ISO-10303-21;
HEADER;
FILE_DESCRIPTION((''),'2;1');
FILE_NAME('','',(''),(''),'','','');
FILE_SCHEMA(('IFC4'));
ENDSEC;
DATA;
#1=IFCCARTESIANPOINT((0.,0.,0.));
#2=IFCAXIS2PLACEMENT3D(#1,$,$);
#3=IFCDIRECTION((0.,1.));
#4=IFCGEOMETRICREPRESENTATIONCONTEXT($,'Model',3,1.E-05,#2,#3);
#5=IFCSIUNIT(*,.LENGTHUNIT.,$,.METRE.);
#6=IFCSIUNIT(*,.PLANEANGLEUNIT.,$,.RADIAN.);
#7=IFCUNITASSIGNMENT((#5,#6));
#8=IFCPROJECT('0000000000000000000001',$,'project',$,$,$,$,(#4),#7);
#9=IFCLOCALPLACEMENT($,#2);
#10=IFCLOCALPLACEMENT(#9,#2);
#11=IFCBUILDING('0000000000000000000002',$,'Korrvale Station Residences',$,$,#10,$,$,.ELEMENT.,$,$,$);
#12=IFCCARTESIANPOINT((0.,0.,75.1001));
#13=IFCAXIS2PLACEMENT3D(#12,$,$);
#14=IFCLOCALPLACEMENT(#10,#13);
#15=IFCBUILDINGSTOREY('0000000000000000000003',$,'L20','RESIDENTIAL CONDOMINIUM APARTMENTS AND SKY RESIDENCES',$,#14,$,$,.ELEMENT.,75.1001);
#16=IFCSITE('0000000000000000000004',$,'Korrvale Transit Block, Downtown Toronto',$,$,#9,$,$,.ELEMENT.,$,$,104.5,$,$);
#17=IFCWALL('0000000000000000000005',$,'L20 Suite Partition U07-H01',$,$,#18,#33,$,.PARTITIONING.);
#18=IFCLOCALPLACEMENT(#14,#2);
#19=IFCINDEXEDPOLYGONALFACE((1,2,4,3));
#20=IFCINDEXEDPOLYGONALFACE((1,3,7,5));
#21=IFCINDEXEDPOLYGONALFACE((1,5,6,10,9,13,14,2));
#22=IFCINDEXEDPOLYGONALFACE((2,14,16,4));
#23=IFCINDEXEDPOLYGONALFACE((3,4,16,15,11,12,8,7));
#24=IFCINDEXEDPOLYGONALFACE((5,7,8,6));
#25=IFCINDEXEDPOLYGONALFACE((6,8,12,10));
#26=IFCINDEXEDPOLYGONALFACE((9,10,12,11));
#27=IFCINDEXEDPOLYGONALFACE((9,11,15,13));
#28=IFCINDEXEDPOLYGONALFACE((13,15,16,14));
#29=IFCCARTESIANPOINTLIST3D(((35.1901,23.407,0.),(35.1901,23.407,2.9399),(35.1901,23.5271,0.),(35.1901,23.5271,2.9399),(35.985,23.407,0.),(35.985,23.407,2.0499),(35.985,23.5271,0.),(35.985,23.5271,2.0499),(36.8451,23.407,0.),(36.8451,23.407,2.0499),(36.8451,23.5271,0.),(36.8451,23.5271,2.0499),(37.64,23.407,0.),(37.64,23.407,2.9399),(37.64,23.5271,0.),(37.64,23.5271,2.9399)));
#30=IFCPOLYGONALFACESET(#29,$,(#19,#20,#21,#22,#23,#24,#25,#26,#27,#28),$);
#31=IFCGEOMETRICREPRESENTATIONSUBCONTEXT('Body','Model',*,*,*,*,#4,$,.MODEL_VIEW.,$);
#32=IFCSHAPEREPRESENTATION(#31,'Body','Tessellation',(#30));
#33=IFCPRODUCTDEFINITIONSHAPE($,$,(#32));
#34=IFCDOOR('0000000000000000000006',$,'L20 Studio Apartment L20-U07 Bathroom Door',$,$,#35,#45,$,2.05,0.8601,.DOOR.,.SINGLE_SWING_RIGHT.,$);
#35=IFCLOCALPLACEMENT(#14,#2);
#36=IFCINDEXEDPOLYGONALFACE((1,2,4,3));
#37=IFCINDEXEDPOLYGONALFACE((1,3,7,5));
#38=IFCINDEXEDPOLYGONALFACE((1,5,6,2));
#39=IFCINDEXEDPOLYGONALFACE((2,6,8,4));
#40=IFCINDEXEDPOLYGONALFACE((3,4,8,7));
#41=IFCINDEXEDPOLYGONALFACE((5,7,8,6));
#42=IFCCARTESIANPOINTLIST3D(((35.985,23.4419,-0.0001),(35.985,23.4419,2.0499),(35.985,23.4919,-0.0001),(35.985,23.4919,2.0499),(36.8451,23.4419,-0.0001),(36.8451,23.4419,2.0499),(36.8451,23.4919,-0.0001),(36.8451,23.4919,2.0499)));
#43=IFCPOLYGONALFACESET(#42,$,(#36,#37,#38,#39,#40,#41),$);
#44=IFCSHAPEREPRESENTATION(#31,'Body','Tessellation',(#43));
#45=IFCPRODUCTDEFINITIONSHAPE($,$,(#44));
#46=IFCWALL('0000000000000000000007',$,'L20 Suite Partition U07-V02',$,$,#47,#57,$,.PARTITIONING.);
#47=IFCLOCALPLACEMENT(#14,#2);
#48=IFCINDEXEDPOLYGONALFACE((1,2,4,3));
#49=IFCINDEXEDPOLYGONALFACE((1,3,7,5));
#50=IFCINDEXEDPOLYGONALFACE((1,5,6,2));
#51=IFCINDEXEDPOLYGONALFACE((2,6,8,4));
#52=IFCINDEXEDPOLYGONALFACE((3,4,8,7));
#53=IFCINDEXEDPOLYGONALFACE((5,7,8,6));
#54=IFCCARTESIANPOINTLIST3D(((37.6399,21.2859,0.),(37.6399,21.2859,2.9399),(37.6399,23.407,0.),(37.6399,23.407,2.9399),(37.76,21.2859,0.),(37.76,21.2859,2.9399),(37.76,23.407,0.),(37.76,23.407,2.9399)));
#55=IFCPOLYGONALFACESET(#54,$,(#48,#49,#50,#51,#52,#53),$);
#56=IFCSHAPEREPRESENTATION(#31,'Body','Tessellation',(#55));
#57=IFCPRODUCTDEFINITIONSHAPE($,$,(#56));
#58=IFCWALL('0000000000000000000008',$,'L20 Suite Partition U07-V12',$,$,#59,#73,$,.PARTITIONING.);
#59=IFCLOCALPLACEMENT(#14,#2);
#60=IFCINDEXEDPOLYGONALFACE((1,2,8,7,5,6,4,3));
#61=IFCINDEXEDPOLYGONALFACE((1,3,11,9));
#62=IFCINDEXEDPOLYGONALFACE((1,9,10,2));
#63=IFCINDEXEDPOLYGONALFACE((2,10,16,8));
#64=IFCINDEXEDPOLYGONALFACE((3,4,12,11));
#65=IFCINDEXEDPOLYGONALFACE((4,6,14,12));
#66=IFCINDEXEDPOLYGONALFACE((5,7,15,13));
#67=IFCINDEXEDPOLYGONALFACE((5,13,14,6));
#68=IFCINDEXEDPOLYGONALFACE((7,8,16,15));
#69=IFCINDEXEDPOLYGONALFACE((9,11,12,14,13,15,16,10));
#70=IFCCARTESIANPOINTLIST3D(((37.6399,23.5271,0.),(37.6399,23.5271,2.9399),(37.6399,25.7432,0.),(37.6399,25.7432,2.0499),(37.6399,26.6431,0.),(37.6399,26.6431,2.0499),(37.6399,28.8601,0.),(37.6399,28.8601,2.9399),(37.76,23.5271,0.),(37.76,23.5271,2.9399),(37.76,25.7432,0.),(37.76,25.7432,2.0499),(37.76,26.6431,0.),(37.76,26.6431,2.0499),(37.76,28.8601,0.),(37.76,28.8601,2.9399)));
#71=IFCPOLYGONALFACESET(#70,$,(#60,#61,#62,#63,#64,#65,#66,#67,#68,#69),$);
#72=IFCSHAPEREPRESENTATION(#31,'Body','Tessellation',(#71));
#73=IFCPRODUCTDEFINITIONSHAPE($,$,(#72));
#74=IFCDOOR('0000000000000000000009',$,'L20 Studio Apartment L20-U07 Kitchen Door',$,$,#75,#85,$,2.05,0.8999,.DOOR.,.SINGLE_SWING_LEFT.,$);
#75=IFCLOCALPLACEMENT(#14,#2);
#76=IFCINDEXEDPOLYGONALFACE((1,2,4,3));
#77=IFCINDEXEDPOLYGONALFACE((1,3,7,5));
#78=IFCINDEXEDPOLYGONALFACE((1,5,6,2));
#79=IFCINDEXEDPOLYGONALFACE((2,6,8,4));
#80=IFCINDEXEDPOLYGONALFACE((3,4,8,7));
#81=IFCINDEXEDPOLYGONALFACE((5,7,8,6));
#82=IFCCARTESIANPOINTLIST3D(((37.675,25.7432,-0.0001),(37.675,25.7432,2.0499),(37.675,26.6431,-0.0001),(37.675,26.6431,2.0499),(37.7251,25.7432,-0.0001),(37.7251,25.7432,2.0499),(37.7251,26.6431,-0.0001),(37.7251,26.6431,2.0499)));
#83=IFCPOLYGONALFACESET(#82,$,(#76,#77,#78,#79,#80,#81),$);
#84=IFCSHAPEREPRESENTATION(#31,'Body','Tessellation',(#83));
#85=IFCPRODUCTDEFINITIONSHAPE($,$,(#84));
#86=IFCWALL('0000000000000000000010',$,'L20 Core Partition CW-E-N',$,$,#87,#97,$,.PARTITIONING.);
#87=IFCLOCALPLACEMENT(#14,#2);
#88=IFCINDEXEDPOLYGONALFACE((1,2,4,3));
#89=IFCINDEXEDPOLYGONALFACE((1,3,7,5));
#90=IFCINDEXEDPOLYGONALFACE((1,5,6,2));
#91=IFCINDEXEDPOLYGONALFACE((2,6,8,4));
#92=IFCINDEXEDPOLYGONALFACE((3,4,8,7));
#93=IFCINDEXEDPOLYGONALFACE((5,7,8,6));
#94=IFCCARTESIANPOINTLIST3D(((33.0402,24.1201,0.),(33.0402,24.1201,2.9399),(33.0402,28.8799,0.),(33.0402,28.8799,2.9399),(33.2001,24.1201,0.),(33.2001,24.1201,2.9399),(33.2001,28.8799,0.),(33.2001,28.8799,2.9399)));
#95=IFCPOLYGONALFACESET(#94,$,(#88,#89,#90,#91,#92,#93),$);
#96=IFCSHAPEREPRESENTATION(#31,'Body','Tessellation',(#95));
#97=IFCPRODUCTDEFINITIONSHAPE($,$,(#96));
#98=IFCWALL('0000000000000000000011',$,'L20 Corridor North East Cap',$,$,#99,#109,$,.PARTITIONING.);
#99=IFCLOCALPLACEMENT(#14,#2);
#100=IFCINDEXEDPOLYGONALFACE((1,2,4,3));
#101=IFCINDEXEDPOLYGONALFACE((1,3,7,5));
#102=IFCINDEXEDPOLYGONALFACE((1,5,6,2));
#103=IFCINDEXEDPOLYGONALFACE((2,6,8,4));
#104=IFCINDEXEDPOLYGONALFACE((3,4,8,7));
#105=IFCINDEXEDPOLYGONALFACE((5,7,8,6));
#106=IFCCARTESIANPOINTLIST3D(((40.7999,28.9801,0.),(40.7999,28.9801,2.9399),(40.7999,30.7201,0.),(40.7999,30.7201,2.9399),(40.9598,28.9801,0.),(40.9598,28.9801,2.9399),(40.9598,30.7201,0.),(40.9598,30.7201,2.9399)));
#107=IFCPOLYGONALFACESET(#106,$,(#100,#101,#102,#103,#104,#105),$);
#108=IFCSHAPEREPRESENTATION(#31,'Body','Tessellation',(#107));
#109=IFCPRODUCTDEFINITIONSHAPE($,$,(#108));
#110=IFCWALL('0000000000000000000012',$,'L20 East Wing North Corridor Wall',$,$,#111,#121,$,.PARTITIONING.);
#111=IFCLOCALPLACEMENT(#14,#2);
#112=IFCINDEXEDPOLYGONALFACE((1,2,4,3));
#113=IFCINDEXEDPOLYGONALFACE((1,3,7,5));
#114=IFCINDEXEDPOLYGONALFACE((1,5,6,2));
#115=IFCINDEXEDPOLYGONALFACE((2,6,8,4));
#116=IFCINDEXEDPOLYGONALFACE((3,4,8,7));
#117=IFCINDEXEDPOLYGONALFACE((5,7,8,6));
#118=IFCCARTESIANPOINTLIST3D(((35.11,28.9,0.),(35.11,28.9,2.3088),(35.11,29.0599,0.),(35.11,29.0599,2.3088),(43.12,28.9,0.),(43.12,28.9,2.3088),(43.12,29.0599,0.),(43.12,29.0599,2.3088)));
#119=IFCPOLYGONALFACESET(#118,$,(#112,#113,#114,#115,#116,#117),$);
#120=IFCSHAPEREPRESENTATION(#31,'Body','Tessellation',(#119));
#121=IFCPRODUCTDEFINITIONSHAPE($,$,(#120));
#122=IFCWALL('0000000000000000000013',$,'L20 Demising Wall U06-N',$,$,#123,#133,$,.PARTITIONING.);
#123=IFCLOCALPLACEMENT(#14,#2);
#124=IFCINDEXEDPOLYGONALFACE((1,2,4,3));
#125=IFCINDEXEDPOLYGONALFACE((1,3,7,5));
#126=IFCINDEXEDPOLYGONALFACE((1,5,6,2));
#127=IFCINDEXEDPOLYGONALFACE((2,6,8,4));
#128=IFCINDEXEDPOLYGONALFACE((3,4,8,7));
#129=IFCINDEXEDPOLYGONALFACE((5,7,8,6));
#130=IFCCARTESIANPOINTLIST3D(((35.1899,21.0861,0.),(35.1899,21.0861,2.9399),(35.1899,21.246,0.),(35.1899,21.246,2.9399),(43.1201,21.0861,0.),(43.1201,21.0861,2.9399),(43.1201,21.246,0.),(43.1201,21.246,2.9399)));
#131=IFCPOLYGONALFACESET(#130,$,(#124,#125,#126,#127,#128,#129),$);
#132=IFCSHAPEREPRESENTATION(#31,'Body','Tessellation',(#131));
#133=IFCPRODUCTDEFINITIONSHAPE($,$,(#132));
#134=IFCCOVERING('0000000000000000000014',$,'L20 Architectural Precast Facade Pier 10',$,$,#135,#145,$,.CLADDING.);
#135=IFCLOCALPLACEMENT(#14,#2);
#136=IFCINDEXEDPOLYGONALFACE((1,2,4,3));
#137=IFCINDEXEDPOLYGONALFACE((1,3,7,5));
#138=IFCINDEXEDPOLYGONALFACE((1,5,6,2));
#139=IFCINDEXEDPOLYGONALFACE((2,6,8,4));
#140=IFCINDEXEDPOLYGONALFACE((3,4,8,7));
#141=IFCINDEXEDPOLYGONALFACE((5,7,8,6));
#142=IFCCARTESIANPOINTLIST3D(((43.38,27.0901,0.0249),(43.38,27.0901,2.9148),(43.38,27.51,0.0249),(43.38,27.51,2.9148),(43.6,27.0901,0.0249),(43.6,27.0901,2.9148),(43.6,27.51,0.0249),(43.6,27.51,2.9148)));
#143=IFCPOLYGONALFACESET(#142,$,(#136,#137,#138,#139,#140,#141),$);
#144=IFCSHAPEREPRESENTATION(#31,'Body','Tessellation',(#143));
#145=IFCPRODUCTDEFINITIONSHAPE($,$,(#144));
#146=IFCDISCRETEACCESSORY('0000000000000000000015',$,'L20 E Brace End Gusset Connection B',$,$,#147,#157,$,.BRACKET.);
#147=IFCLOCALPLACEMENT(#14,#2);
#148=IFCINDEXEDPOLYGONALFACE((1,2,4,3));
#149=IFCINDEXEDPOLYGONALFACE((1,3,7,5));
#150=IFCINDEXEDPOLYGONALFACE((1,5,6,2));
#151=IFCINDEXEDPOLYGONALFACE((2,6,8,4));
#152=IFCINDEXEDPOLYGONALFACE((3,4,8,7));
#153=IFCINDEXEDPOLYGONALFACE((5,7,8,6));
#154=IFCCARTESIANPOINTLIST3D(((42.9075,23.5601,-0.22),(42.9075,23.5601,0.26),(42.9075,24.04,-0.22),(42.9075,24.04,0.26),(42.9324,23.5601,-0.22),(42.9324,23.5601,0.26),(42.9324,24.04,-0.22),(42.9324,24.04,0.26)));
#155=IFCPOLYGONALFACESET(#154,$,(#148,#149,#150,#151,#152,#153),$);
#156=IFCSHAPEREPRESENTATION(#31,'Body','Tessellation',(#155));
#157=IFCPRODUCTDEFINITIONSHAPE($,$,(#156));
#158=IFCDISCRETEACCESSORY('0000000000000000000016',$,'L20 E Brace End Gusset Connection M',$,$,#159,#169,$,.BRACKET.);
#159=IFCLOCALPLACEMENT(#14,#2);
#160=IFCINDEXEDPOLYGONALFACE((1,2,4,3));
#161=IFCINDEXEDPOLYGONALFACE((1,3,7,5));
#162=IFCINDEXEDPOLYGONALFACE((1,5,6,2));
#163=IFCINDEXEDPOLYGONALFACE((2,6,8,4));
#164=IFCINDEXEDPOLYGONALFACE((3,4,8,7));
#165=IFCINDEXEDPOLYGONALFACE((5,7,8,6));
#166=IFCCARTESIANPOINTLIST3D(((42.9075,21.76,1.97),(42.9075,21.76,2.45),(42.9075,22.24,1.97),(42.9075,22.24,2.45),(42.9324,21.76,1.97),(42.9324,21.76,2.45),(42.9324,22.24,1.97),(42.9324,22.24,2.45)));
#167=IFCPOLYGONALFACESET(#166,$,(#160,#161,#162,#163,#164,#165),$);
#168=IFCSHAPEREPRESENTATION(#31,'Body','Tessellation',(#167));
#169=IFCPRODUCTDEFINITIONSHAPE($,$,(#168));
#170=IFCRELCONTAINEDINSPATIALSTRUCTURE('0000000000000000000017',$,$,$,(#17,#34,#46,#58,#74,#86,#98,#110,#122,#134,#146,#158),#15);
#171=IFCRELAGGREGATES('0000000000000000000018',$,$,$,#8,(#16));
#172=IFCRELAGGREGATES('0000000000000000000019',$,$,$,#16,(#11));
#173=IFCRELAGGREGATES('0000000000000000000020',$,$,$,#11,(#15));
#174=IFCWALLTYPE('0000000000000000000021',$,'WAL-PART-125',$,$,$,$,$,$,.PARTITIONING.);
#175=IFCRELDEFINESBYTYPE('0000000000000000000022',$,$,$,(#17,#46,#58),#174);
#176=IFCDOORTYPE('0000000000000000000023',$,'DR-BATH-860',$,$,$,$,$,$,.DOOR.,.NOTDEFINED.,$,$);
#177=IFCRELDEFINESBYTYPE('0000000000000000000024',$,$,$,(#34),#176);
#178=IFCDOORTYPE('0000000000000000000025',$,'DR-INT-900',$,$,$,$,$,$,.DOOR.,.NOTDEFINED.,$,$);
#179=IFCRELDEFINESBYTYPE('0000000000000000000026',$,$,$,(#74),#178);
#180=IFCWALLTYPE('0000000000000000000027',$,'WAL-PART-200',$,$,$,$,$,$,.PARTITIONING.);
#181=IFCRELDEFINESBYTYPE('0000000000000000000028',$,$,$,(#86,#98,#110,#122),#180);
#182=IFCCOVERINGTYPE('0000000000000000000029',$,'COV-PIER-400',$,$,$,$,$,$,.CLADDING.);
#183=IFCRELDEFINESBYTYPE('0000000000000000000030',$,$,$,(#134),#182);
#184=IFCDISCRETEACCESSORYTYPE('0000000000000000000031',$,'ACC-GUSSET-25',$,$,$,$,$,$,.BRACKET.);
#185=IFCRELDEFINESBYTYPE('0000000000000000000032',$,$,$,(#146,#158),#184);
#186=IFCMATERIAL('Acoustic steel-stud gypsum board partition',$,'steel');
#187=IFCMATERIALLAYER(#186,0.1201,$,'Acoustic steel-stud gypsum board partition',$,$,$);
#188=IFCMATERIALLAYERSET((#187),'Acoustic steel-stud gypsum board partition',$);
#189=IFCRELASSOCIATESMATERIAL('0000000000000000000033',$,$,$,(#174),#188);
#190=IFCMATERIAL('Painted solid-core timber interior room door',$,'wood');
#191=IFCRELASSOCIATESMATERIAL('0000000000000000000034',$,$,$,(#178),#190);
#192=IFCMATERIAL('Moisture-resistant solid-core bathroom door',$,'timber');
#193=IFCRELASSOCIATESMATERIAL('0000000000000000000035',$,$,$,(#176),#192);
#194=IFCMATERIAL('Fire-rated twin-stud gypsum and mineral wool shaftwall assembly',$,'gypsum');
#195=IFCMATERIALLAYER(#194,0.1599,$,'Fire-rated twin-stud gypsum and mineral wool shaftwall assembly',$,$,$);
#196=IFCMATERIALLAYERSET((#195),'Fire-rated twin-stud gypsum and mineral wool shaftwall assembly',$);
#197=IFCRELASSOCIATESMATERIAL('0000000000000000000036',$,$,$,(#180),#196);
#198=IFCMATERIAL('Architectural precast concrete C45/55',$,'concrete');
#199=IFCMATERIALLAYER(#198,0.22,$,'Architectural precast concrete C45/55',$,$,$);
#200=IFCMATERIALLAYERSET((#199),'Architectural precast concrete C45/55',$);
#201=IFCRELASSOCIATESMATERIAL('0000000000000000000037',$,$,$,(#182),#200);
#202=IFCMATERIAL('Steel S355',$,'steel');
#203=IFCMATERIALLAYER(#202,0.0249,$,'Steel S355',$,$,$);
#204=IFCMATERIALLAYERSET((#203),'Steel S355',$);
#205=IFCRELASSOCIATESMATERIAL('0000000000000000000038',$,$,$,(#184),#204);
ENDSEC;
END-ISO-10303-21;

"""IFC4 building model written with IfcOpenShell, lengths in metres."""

from ifc_helpers import new_model, si_unit, direction, frame, frame_2d, origin, origin_2d, place, context, subcontext, project, spatial, rectangle, extrude, material, layer, layer_set, type_object, element, fill, save


model = new_model("IFC4")

# Units and contexts
model_context = context("Model", 3, precision=1e-05, world=origin(), true_north=direction((0.0, 1.0)))
body_context = subcontext(model_context, "Body", "Model", "MODEL_VIEW")
ifc_project = project(units=[si_unit("LENGTHUNIT", "METRE"), si_unit("PLANEANGLEUNIT", "RADIAN")], contexts=[model_context])

# Site, building, storey
site_placement = place(None, origin())
site = spatial("IfcSite", under=ifc_project, at=site_placement, Name="Korrvale Transit Block, Downtown Toronto", CompositionType="ELEMENT", RefElevation=104.5)
building_placement = place(site_placement, origin())
building = spatial("IfcBuilding", under=site, at=building_placement, Name="Korrvale Station Residences", CompositionType="ELEMENT")
storey_placement = place(building_placement, frame((0.0, 0.0, 75.1001)))
storey = spatial("IfcBuildingStorey", under=building, at=storey_placement, Name="L20", Description="RESIDENTIAL CONDOMINIUM APARTMENTS AND SKY RESIDENCES", CompositionType="ELEMENT", Elevation=75.1001)

# Shared definitions
ifc_material_1 = material(Name="Steel S355", Category="steel")

# Shared definitions
ifc_material_2 = material(Name="Acoustic steel-stud gypsum board partition", Category="steel")
ifc_layer_1 = layer(ifc_material_2, 0.1201, Name="Acoustic steel-stud gypsum board partition")
ifc_layer_set_1 = layer_set([ifc_layer_1], Name="Acoustic steel-stud gypsum board partition")
wall_type_1 = type_object("IfcWallType", Name="WAL-PART-125", PredefinedType="PARTITIONING", material=ifc_layer_set_1)

# Wall, opening, door
ifc_material_3 = material(Name="Painted solid-core timber interior room door", Category="wood")
door_type_1 = type_object("IfcDoorType", Name="DR-INT-900", OperationType="NOTDEFINED", PredefinedType="DOOR", material=ifc_material_3)
wall_1_placement = place(storey_placement, frame((35.1899, 23.467, 0.0), z_axis=(0.0, 0.0, 1.0), x_axis=(1.0, 0.0, 0.0)))
wall_1 = element("IfcWall", 1, at=wall_1_placement, inside=storey, type_object=wall_type_1, Name="L20 Suite Partition U07-H01", PredefinedType="PARTITIONING", context=body_context, shape_type="SweptSolid", body=[
    extrude(rectangle(XDim=2.45, YDim=0.1201, at=frame_2d((1.2251, 0.0))), origin(), (0.0, 0.0, 1.0), 2.9399),
])
opening_1_placement = place(wall_1_placement, frame((0.7949, 0.0, 0.0)))
opening_1 = element("IfcOpeningElement", 2, at=opening_1_placement, cuts=wall_1, PredefinedType="OPENING", context=body_context, shape_type="SweptSolid", body=[
    extrude(rectangle(XDim=0.8601, YDim=2.05, at=frame_2d((0.4302, 1.0249))), frame((0.0, 0.0701, 0.0), z_axis=(0.0, -1.0, 0.0), x_axis=(1.0, 0.0, 0.0)), (0.0, 0.0, 1.0), 0.1401),
])
ifc_material_4 = material(Name="Moisture-resistant solid-core bathroom door", Category="timber")
door_type_2 = type_object("IfcDoorType", Name="DR-BATH-860", OperationType="NOTDEFINED", PredefinedType="DOOR", material=ifc_material_4)
door_1_placement = place(opening_1_placement, origin())
door_1 = element("IfcDoor", 3, at=door_1_placement, inside=storey, type_object=door_type_2, Name="L20 Studio Apartment L20-U07 Bathroom Door", OperationType="SINGLE_SWING_RIGHT", OverallHeight=2.05, OverallWidth=0.8601, PredefinedType="DOOR", context=body_context, shape_type="SweptSolid", body=[
    extrude(rectangle(XDim=0.8601, YDim=2.05, at=frame_2d((0.4302, 1.0249))), frame((0.0, 0.0249, 0.0), z_axis=(0.0, -1.0, 0.0), x_axis=(1.0, 0.0, 0.0)), (0.0, 0.0, 1.0), 0.05),
])
fill(opening_1, door_1)

# Wall
wall_2_placement = place(storey_placement, frame((37.7, 21.2859, 0.0), z_axis=(0.0, 0.0, 1.0), x_axis=(0.0, 1.0, 0.0)))
element("IfcWall", 4, at=wall_2_placement, inside=storey, type_object=wall_type_1, Name="L20 Suite Partition U07-V02", PredefinedType="PARTITIONING", context=body_context, shape_type="SweptSolid", body=[
    extrude(rectangle(XDim=2.1211, YDim=0.1201, at=frame_2d((1.0605, 0.0))), origin(), (0.0, 0.0, 1.0), 2.9399),
])

# Wall, opening, door
wall_3_placement = place(storey_placement, frame((37.7, 23.5271, 0.0), z_axis=(0.0, 0.0, 1.0), x_axis=(0.0, 1.0, 0.0)))
wall_3 = element("IfcWall", 5, at=wall_3_placement, inside=storey, type_object=wall_type_1, Name="L20 Suite Partition U07-V12", PredefinedType="PARTITIONING", context=body_context, shape_type="SweptSolid", body=[
    extrude(rectangle(XDim=5.333, YDim=0.1201, at=frame_2d((2.6665, 0.0))), origin(), (0.0, 0.0, 1.0), 2.9399),
])
opening_2_placement = place(wall_3_placement, frame((2.2161, 0.0, 0.0)))
opening_2 = element("IfcOpeningElement", 6, at=opening_2_placement, cuts=wall_3, PredefinedType="OPENING", context=body_context, shape_type="SweptSolid", body=[
    extrude(rectangle(XDim=0.8999, YDim=2.05, at=frame_2d((0.45, 1.0249))), frame((0.0, 0.0701, 0.0), z_axis=(0.0, -1.0, 0.0), x_axis=(1.0, 0.0, 0.0)), (0.0, 0.0, 1.0), 0.1401),
])
door_2_placement = place(opening_2_placement, origin())
door_2 = element("IfcDoor", 7, at=door_2_placement, inside=storey, type_object=door_type_1, Name="L20 Studio Apartment L20-U07 Kitchen Door", OperationType="SINGLE_SWING_LEFT", OverallHeight=2.05, OverallWidth=0.8999, PredefinedType="DOOR", context=body_context, shape_type="SweptSolid", body=[
    extrude(rectangle(XDim=0.8999, YDim=2.05, at=frame_2d((0.45, 1.0249))), frame((0.0, 0.0249, 0.0), z_axis=(0.0, -1.0, 0.0), x_axis=(1.0, 0.0, 0.0)), (0.0, 0.0, 1.0), 0.05),
])
fill(opening_2, door_2)

# Walls
ifc_material_5 = material(Name="Fire-rated twin-stud gypsum and mineral wool shaftwall assembly", Category="gypsum")
ifc_layer_2 = layer(ifc_material_5, 0.1599, Name="Fire-rated twin-stud gypsum and mineral wool shaftwall assembly")
ifc_layer_set_2 = layer_set([ifc_layer_2], Name="Fire-rated twin-stud gypsum and mineral wool shaftwall assembly")
wall_type_2 = type_object("IfcWallType", Name="WAL-PART-200", PredefinedType="PARTITIONING", material=ifc_layer_set_2)
wall_4_placement = place(storey_placement, frame((33.1201, 24.1201, 0.0), z_axis=(0.0, 0.0, 1.0), x_axis=(0.0, 1.0, 0.0)))
element("IfcWall", 8, at=wall_4_placement, inside=storey, type_object=wall_type_2, Name="L20 Core Partition CW-E-N", PredefinedType="PARTITIONING", context=body_context, shape_type="SweptSolid", body=[
    extrude(rectangle(XDim=4.7598, YDim=0.1599, at=frame_2d((2.3799, 0.0))), origin(), (0.0, 0.0, 1.0), 2.9399),
])
wall_5_placement = place(storey_placement, frame((40.8799, 28.98, 0.0), z_axis=(0.0, 0.0, 1.0), x_axis=(0.0, 1.0, 0.0)))
element("IfcWall", 9, at=wall_5_placement, inside=storey, type_object=wall_type_2, Name="L20 Corridor North East Cap", PredefinedType="PARTITIONING", context=body_context, shape_type="SweptSolid", body=[
    extrude(rectangle(XDim=1.74, YDim=0.1599, at=frame_2d((0.8701, 0.0))), origin(), (0.0, 0.0, 1.0), 2.9399),
])
wall_6_placement = place(storey_placement, frame((35.1101, 28.98, 0.0), z_axis=(0.0, 0.0, 1.0), x_axis=(1.0, 0.0, 0.0)))
element("IfcWall", 10, at=wall_6_placement, inside=storey, type_object=wall_type_2, Name="L20 East Wing North Corridor Wall", PredefinedType="PARTITIONING", context=body_context, shape_type="SweptSolid", body=[
    extrude(rectangle(XDim=8.01, YDim=0.1599, at=frame_2d((4.0049, 0.0))), origin(), (0.0, 0.0, 1.0), 2.3088),
])
wall_7_placement = place(storey_placement, frame((35.1899, 21.166, 0.0), z_axis=(0.0, 0.0, 1.0), x_axis=(1.0, 0.0, 0.0)))
element("IfcWall", 11, at=wall_7_placement, inside=storey, type_object=wall_type_2, Name="L20 Demising Wall U06-N", PredefinedType="PARTITIONING", context=body_context, shape_type="SweptSolid", body=[
    extrude(rectangle(XDim=7.9302, YDim=0.1599, at=frame_2d((3.9651, 0.0))), origin(), (0.0, 0.0, 1.0), 2.9399),
])

# Covering
ifc_material_6 = material(Name="Architectural precast concrete C45/55", Category="concrete")
ifc_layer_3 = layer(ifc_material_6, 0.22, Name="Architectural precast concrete C45/55")
ifc_layer_set_3 = layer_set([ifc_layer_3], Name="Architectural precast concrete C45/55")
covering_type = type_object("IfcCoveringType", Name="COV-PIER-400", PredefinedType="CLADDING", material=ifc_layer_set_3)
covering_placement = place(storey_placement, frame((43.49, 27.3, 0.0249), z_axis=(0.0, 0.0, 1.0), x_axis=(0.0, 1.0, 0.0)))
element("IfcCovering", 12, at=covering_placement, inside=storey, type_object=covering_type, Name="L20 Architectural Precast Facade Pier 10", PredefinedType="CLADDING", context=body_context, shape_type="SweptSolid", body=[
    extrude(rectangle(XDim=0.4199, YDim=0.22, at=origin_2d()), origin(), (0.0, 0.0, 1.0), 2.8899),
])

# Discrete accessories
ifc_layer_4 = layer(ifc_material_1, 0.0249, Name="Steel S355")
ifc_layer_set_4 = layer_set([ifc_layer_4], Name="Steel S355")
discrete_accessory_type = type_object("IfcDiscreteAccessoryType", Name="ACC-GUSSET-25", PredefinedType="BRACKET", material=ifc_layer_set_4)
for number, where, z_axis, x_axis, name in (
    (13, (42.9199, 23.8, -0.22), (0.0, 0.0, 1.0), (0.0, 1.0, 0.0), "L20 E Brace End Gusset Connection B"),
    (14, (42.9199, 22.0, 1.97), (0.0, 0.0, 1.0), (0.0, 1.0, 0.0), "L20 E Brace End Gusset Connection M"),
):
    element("IfcDiscreteAccessory", number, at=place(storey_placement, frame(where, z_axis=z_axis, x_axis=x_axis)), inside=storey, type_object=discrete_accessory_type, Name=name, PredefinedType="BRACKET", context=body_context, shape_type="SweptSolid", body=[
        extrude(rectangle(XDim=0.48, YDim=0.0249, at=origin_2d()), origin(), (0.0, 0.0, 1.0), 0.48),
    ])

save(model, "model.ifc")
